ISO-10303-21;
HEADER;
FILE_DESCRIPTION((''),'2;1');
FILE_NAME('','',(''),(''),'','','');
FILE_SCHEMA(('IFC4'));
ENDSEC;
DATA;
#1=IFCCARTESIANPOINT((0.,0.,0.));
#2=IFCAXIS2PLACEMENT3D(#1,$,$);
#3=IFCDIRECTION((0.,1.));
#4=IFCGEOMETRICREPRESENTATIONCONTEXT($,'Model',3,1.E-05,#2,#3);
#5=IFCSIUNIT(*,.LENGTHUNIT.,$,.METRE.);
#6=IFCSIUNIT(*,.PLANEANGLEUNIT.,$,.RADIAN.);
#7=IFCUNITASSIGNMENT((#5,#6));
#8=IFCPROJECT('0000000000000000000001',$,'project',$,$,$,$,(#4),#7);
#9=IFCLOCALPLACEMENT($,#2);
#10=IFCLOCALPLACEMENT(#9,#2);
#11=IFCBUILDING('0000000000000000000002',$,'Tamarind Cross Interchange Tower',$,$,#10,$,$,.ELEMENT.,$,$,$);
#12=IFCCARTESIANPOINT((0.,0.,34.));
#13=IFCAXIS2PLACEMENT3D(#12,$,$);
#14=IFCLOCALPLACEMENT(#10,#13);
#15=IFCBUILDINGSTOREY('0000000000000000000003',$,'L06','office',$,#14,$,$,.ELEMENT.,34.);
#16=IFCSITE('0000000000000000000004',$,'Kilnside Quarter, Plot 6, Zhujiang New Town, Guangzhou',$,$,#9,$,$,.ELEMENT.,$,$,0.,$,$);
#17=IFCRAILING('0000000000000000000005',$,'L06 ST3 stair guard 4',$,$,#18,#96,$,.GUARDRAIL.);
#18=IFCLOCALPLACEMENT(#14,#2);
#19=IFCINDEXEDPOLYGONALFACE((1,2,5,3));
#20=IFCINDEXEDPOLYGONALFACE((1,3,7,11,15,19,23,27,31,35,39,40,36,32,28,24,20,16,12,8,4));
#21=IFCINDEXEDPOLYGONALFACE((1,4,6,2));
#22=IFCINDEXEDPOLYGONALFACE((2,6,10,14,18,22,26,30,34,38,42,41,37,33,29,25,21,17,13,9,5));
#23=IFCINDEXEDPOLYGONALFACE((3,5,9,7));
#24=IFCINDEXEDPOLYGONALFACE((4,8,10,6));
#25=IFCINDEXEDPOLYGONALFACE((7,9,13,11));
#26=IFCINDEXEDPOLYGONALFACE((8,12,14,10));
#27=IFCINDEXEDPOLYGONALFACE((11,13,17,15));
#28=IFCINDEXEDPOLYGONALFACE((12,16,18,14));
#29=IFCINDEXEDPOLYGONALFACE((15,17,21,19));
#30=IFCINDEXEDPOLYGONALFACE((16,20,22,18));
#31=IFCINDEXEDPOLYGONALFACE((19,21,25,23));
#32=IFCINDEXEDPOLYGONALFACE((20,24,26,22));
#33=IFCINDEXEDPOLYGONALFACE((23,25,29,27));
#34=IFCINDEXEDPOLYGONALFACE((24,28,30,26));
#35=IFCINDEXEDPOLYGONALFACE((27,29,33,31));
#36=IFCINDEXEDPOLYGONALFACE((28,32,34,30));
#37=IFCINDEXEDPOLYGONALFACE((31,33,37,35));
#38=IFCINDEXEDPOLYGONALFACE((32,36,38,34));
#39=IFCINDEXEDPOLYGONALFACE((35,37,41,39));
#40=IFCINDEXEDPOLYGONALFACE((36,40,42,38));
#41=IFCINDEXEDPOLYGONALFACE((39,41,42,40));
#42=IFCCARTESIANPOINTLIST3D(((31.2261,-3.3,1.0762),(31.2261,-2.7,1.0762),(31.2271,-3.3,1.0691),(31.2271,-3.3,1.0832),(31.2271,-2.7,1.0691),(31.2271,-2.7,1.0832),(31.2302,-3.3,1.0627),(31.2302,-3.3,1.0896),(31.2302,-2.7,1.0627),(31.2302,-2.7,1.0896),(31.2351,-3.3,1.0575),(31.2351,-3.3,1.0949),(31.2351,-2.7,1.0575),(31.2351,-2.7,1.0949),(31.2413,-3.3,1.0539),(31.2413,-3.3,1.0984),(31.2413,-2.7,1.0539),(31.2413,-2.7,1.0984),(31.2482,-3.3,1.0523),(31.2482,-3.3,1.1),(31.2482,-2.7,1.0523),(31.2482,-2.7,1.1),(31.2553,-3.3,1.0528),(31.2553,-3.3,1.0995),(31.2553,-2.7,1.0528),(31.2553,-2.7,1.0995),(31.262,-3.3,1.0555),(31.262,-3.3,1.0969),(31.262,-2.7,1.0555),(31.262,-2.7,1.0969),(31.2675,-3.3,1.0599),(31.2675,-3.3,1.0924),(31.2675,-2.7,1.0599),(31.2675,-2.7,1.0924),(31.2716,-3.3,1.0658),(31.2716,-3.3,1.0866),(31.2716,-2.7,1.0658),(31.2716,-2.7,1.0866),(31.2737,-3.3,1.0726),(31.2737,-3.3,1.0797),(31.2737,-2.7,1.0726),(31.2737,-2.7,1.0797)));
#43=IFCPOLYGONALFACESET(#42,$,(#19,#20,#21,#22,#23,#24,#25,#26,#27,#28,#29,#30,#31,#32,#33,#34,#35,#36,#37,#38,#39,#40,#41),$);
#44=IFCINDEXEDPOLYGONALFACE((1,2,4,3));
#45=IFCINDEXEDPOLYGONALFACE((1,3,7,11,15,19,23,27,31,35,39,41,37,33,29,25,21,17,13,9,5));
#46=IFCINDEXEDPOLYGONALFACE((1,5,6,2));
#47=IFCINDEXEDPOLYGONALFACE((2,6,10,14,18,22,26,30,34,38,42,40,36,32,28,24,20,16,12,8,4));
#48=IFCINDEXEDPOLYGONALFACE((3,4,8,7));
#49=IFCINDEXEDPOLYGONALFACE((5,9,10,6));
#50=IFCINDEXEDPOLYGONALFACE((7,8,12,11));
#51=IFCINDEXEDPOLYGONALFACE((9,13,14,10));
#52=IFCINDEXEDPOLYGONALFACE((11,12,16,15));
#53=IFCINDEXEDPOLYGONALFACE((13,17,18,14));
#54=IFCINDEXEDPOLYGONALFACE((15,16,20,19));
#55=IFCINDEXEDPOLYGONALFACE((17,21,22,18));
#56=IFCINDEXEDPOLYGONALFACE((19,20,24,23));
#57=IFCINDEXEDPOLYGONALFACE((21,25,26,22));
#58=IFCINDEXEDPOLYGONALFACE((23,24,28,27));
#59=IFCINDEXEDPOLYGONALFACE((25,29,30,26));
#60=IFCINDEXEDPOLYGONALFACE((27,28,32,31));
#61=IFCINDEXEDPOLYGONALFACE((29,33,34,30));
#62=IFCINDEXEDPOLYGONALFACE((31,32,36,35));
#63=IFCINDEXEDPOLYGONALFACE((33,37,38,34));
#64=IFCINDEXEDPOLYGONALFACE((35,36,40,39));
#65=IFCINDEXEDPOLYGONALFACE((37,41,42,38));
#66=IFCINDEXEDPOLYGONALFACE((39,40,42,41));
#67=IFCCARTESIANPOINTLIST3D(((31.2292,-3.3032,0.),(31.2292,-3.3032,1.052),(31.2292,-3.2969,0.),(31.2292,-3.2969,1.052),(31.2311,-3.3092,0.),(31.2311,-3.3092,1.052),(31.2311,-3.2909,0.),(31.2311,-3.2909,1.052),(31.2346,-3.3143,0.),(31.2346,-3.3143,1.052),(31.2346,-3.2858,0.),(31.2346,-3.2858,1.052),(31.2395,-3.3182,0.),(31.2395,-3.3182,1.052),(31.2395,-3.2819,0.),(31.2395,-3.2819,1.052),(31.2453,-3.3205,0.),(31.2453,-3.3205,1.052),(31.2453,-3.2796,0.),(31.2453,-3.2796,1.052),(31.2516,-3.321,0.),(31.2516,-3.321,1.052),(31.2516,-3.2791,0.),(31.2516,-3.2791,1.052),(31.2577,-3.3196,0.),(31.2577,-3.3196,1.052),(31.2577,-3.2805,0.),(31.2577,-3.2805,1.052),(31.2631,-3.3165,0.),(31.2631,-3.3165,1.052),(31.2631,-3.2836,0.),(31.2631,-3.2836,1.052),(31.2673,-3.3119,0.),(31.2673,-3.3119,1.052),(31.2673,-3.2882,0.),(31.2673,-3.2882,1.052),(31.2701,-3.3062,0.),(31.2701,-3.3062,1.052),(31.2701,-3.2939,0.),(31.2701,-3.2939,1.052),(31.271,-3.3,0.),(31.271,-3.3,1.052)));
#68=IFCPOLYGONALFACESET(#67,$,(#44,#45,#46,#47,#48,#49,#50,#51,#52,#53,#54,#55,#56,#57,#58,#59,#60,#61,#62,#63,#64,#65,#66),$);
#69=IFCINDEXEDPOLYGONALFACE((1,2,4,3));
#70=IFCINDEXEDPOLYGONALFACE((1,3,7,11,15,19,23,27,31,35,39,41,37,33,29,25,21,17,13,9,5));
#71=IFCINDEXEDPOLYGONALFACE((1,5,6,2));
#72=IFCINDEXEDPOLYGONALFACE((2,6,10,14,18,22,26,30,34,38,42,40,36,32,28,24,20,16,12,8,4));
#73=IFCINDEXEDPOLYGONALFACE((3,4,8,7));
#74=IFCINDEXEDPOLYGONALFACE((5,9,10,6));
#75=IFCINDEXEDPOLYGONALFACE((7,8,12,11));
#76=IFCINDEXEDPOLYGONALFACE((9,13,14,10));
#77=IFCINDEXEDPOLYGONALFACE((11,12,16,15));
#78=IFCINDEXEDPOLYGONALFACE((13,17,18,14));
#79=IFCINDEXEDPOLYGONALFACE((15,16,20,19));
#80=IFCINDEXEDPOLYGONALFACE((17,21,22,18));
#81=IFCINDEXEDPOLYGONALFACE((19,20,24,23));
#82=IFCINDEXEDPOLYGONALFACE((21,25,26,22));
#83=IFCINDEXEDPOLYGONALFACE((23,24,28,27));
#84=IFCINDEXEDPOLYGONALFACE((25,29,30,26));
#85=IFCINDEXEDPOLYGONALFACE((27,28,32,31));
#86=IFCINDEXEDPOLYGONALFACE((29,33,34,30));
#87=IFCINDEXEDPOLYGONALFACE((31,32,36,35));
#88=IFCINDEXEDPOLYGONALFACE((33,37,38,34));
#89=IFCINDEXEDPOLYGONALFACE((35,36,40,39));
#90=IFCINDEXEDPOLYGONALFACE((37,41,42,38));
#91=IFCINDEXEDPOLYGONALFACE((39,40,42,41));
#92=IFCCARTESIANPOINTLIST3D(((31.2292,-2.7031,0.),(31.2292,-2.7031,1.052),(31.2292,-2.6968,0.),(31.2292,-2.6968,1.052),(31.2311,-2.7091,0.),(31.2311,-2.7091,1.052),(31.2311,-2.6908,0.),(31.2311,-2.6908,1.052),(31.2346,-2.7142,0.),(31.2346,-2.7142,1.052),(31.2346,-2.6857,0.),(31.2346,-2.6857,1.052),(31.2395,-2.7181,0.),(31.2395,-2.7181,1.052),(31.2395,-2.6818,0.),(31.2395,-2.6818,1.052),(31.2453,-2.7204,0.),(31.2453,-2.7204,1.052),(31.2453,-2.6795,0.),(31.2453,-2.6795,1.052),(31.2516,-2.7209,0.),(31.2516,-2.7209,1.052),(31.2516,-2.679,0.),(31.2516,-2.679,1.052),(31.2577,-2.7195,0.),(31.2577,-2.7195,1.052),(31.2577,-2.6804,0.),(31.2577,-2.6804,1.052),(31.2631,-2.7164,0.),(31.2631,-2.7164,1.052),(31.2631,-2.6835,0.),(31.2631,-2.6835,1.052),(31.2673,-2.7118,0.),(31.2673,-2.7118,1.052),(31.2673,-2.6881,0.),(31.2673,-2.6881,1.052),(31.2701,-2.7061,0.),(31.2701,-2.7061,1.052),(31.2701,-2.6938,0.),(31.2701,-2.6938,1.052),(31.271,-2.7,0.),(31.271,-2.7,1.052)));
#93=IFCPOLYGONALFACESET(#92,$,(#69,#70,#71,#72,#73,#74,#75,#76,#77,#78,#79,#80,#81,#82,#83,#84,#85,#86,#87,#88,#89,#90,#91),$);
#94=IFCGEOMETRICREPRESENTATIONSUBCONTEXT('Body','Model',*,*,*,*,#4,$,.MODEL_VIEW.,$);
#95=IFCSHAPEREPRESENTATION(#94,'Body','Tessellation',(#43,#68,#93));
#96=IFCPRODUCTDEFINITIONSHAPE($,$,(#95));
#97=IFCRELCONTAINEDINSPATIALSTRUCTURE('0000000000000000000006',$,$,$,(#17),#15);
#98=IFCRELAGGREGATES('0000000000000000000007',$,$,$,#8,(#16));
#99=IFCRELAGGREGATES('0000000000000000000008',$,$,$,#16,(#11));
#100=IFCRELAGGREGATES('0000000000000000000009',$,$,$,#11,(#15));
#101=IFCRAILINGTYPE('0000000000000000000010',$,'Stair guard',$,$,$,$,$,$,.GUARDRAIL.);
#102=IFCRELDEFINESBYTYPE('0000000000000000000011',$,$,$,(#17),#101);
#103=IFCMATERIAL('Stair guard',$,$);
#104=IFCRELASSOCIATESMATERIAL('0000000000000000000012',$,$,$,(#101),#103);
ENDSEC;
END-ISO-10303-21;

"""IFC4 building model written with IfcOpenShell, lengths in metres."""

from ifc_helpers import new_model, si_unit, direction, frame, origin, origin_2d, place, context, subcontext, project, spatial, circle, extrude, material, type_object, element, save


model = new_model("IFC4")

# Units and contexts
model_context = context("Model", 3, precision=1e-05, world=origin(), true_north=direction((0.0, 1.0)))
body_context = subcontext(model_context, "Body", "Model", "MODEL_VIEW")
ifc_project = project(units=[si_unit("LENGTHUNIT", "METRE"), si_unit("PLANEANGLEUNIT", "RADIAN")], contexts=[model_context])

# Site, building, storey
site_placement = place(None, origin())
site = spatial("IfcSite", under=ifc_project, at=site_placement, Name="Kilnside Quarter, Plot 6, Zhujiang New Town, Guangzhou", CompositionType="ELEMENT", RefElevation=0.0)
building_placement = place(site_placement, origin())
building = spatial("IfcBuilding", under=site, at=building_placement, Name="Tamarind Cross Interchange Tower", CompositionType="ELEMENT")
storey_placement = place(building_placement, frame((0.0, 0.0, 34.0)))
storey = spatial("IfcBuildingStorey", under=building, at=storey_placement, Name="L06", Description="office", CompositionType="ELEMENT", Elevation=34.0)

# Railing
ifc_material_1 = material(Name="Stair guard")
railing_type_1 = type_object("IfcRailingType", Name="Stair guard", PredefinedType="GUARDRAIL", material=ifc_material_1)
railing_1_placement = place(storey_placement, frame((31.25, -3.3, 0.0)))
element("IfcRailing", 1, at=railing_1_placement, inside=storey, type_object=railing_type_1, Name="L06 ST3 stair guard 4", PredefinedType="GUARDRAIL", context=body_context, shape_type="SweptSolid", body=[
    extrude(circle(Radius=0.0239, at=origin_2d()), frame((0.0, 0.0, 1.0762), z_axis=(0.0, 1.0, 0.0), x_axis=(-1.0, 0.0, 0.0)), (0.0, 0.0, 1.0), 0.6001),
    extrude(circle(Radius=0.021, at=origin_2d()), origin(), (0.0, 0.0, 1.0), 1.052),
    extrude(circle(Radius=0.021, at=origin_2d()), frame((0.0, 0.6001, 0.0)), (0.0, 0.0, 1.0), 1.052),
])

save(model, "model.ifc")
